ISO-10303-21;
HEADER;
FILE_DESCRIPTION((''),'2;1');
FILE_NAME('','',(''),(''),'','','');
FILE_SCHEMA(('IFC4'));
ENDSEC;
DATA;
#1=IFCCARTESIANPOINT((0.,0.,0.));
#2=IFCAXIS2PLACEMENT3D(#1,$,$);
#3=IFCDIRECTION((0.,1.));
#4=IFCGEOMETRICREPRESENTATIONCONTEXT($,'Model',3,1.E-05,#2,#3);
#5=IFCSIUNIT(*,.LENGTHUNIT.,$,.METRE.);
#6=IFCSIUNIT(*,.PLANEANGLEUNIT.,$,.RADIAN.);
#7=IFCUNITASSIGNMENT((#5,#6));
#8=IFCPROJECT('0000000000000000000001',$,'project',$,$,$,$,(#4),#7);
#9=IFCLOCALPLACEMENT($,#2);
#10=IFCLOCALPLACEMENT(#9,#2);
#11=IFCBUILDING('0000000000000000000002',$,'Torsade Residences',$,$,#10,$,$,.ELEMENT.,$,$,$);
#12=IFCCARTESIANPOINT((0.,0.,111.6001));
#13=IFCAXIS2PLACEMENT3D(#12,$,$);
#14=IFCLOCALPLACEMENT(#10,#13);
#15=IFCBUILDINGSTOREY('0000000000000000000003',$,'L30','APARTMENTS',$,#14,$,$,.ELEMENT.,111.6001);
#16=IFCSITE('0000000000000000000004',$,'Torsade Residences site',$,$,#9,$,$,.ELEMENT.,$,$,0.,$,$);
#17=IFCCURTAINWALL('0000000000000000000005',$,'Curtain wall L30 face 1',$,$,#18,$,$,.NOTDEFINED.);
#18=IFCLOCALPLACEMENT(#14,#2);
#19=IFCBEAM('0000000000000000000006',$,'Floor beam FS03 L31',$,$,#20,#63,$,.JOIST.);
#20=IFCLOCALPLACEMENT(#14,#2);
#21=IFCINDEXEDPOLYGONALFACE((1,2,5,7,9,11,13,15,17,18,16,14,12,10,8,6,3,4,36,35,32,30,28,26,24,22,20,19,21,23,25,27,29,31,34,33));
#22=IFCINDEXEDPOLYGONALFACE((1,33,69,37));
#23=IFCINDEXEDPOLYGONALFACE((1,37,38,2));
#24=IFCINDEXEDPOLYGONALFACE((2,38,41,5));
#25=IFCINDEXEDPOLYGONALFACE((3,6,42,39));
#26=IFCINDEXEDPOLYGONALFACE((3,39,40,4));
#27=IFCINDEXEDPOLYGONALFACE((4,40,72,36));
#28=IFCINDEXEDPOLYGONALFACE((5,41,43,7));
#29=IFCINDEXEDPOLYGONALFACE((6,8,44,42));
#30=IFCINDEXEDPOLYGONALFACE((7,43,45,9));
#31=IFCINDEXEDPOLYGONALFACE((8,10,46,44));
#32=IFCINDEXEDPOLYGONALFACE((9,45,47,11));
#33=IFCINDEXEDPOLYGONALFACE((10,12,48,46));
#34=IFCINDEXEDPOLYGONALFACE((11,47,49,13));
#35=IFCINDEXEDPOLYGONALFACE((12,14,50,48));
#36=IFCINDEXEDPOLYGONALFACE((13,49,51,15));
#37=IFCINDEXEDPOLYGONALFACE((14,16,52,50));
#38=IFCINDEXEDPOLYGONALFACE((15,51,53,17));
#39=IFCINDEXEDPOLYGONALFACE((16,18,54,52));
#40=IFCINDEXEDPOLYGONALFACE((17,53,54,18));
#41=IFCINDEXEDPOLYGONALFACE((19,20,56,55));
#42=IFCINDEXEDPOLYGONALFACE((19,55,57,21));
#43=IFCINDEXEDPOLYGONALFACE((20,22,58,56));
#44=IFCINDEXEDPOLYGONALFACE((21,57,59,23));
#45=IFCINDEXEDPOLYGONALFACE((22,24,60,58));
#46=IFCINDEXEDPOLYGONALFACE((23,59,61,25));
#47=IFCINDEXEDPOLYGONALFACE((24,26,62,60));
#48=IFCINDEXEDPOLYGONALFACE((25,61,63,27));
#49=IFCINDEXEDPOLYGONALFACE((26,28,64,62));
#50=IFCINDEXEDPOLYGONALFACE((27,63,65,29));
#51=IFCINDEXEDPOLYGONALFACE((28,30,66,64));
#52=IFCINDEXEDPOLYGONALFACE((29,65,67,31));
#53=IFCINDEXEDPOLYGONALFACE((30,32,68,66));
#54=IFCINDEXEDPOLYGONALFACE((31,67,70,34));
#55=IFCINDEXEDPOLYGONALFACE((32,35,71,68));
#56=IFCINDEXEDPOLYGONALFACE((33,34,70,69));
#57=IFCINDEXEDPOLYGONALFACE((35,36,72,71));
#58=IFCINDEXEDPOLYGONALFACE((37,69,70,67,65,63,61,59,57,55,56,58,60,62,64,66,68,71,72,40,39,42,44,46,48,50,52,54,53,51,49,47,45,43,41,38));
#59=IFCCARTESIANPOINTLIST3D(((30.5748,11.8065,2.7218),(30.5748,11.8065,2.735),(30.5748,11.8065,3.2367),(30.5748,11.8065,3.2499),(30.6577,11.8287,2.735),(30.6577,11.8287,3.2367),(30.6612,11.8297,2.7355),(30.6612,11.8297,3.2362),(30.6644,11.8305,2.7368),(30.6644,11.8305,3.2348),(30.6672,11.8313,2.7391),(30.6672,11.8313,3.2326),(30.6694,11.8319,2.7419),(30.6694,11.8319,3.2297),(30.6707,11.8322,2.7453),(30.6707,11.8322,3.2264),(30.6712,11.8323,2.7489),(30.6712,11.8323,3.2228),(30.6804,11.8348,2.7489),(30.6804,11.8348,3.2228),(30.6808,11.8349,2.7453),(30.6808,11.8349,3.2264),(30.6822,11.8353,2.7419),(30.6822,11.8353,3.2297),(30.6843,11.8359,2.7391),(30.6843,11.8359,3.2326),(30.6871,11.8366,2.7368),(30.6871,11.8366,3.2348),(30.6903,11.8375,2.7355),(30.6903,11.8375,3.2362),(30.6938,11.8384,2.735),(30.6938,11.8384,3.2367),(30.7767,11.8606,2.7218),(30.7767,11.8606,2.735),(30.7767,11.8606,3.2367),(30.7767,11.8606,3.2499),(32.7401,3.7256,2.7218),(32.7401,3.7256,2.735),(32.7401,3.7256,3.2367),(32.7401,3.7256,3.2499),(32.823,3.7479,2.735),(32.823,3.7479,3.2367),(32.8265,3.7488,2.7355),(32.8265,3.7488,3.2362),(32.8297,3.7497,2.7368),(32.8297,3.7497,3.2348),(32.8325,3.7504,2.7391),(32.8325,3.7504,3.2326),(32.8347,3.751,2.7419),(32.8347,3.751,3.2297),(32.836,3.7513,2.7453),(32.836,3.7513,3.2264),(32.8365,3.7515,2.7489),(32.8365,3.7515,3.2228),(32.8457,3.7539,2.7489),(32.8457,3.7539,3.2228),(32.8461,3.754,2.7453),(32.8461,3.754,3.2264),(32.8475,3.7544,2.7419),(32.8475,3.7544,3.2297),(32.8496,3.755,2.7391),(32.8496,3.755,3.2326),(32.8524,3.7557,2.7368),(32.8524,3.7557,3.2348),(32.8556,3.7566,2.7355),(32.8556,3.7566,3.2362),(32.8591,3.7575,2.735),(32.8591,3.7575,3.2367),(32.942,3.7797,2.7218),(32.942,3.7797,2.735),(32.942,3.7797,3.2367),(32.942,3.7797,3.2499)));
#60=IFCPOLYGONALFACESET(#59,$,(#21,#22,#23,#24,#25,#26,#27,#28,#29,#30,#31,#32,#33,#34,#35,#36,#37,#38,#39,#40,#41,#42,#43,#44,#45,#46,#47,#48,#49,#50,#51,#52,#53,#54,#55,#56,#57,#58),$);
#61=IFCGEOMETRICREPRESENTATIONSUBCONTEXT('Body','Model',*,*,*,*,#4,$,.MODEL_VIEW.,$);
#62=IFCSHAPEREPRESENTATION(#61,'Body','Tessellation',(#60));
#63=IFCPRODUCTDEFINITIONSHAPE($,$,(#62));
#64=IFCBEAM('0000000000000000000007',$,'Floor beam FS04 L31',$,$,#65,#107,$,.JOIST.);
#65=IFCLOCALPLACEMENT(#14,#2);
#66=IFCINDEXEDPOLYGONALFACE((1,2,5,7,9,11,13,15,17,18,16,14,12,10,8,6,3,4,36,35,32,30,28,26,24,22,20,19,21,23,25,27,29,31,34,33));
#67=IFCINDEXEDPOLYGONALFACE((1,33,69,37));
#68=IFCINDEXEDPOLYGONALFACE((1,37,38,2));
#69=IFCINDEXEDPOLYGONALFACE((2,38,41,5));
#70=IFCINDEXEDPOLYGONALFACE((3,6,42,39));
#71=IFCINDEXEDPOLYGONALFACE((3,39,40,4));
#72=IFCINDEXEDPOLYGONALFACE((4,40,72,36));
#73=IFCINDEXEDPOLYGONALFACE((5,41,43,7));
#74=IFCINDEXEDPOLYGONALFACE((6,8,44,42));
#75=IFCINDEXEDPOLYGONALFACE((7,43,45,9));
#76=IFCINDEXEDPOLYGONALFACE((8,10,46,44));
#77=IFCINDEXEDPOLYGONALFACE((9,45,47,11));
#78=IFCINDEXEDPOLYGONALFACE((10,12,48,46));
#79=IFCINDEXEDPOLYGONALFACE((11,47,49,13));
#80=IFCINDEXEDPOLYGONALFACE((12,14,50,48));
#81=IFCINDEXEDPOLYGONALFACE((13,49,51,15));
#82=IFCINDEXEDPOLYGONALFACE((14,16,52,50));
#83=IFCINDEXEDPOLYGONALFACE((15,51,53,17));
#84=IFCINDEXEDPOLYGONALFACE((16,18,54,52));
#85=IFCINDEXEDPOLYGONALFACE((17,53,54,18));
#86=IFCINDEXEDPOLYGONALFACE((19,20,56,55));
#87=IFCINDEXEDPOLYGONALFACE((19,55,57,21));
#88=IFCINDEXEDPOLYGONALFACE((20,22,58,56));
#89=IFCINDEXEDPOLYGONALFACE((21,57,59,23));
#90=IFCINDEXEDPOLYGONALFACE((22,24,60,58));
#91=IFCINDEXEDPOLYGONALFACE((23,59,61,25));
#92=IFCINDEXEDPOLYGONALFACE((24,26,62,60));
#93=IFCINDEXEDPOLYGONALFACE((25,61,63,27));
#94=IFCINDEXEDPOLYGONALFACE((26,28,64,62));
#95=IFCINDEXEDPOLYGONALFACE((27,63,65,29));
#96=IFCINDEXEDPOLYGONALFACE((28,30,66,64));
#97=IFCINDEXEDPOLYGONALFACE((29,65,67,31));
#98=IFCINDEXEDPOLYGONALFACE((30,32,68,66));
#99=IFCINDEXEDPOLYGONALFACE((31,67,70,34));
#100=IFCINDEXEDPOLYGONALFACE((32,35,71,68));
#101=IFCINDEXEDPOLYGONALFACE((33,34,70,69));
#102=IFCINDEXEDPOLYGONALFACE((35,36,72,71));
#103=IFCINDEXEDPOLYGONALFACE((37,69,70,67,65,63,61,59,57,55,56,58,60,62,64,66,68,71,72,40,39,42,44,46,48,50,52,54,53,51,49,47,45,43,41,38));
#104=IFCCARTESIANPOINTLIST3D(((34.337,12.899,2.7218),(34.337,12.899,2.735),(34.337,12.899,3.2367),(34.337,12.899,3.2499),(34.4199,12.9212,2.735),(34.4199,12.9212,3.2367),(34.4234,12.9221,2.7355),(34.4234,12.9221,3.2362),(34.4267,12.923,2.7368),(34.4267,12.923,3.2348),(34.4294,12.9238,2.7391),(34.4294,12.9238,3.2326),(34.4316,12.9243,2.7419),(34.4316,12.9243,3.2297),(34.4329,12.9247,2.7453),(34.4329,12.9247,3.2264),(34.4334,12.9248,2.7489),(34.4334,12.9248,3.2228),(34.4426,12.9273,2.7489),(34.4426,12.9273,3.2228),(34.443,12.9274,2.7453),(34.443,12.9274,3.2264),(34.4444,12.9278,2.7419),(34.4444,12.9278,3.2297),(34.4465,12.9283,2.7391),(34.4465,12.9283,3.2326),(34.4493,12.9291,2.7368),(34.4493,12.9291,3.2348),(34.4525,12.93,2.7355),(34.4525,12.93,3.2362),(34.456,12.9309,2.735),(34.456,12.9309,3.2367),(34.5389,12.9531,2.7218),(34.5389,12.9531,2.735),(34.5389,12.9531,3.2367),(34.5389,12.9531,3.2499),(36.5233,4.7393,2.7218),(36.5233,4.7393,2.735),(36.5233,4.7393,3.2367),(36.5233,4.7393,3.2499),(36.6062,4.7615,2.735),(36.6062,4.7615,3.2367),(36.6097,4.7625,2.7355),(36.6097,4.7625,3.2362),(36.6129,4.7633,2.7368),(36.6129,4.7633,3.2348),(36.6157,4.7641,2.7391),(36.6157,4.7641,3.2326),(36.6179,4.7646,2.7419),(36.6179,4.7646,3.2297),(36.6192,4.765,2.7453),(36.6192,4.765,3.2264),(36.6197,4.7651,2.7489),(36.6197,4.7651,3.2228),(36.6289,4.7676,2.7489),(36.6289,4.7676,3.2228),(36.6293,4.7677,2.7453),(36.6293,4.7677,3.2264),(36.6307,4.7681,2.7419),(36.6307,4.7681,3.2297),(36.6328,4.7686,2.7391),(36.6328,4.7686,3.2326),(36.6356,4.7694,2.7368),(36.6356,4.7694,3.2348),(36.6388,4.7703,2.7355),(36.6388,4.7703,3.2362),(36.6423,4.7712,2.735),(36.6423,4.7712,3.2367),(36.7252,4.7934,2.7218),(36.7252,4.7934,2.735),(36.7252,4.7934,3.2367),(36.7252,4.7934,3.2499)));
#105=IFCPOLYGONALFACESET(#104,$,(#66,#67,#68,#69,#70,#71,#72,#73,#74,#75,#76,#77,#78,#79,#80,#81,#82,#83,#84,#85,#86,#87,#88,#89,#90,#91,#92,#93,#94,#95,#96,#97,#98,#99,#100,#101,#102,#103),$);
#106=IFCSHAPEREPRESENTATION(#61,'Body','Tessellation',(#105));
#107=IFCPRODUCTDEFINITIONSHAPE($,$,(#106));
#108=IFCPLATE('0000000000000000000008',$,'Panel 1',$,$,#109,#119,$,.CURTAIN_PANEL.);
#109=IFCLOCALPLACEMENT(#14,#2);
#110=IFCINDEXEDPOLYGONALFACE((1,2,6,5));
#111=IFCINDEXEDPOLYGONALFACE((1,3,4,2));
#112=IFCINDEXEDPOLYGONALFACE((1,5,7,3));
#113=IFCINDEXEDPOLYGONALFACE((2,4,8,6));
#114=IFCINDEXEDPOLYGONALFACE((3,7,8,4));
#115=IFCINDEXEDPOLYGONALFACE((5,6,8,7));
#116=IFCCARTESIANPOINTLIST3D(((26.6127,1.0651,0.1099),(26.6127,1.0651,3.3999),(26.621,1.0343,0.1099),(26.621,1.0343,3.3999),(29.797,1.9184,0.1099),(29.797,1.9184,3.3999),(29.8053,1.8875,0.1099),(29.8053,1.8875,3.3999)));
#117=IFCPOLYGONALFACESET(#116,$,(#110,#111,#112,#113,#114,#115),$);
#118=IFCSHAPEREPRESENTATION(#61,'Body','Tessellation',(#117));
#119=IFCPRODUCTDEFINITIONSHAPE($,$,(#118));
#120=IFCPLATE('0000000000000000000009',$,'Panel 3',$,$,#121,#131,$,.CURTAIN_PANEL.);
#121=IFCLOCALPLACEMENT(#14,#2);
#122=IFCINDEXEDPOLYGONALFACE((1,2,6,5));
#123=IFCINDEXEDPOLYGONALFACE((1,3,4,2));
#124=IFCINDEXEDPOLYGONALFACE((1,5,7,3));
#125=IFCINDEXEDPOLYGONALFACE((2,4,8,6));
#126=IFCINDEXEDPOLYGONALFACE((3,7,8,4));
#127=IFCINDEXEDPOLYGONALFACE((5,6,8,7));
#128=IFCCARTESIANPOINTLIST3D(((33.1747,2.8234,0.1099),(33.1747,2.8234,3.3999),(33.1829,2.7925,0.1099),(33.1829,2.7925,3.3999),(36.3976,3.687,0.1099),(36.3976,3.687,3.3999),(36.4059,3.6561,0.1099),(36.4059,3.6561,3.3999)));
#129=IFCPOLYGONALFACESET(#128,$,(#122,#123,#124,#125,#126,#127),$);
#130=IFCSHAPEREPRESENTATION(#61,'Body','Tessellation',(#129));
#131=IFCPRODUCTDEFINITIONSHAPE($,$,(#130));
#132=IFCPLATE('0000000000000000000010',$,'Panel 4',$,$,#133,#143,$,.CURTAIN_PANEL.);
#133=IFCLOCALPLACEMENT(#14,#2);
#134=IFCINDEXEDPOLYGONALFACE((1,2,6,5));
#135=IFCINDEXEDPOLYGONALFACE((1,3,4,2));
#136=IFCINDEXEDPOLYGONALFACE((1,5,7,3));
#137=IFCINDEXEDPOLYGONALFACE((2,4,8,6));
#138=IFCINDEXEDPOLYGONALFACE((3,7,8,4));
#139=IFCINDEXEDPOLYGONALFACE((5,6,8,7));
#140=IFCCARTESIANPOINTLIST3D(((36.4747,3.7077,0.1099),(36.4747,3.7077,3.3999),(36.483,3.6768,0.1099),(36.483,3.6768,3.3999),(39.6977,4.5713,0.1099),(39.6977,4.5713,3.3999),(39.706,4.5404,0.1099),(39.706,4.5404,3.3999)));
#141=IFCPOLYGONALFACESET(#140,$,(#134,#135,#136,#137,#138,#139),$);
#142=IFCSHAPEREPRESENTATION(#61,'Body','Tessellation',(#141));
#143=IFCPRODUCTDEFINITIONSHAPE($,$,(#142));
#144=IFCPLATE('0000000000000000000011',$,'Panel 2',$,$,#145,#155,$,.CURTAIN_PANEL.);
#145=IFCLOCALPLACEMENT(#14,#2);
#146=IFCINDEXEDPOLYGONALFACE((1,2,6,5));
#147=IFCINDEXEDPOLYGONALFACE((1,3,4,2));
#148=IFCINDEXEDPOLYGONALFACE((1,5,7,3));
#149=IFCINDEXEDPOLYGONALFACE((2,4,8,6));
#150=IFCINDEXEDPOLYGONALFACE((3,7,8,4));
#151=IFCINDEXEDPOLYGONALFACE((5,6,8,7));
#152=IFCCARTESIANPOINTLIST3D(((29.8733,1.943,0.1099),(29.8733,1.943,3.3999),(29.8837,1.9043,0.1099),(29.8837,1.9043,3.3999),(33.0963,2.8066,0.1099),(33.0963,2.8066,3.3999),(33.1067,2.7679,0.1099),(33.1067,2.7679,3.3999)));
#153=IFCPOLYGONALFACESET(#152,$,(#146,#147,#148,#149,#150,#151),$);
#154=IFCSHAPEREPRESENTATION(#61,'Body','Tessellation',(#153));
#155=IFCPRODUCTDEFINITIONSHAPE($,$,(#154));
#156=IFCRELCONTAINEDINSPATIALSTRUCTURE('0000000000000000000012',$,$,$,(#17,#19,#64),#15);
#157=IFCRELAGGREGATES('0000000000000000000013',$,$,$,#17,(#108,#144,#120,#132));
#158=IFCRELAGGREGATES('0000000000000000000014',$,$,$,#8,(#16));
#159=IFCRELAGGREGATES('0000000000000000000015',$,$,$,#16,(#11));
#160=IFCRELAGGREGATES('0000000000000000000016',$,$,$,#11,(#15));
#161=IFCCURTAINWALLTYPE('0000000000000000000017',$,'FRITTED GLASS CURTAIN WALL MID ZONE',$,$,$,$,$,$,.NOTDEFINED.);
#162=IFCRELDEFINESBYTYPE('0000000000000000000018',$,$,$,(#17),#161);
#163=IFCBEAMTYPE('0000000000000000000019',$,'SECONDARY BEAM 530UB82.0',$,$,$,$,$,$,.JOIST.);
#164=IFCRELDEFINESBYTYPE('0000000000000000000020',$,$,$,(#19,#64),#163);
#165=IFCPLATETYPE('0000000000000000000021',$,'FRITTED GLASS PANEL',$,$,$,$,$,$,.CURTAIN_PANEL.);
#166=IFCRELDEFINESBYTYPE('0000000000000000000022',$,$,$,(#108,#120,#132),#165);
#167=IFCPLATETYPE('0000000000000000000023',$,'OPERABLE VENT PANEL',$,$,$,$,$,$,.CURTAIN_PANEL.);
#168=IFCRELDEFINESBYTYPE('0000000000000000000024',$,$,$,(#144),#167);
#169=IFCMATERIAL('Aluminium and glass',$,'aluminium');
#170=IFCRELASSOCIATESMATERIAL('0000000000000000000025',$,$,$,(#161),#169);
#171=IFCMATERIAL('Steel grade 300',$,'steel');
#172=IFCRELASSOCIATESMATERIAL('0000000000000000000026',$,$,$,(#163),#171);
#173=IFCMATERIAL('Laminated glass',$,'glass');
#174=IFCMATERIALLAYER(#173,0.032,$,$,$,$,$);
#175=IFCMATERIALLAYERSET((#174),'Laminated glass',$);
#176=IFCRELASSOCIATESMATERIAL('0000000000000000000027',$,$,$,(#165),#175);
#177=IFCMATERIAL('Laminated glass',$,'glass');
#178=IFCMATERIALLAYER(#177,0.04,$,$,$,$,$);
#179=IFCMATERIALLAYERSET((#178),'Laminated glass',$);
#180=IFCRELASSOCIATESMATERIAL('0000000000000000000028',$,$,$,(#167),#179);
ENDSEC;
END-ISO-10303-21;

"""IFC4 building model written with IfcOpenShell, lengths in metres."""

from ifc_helpers import new_model, si_unit, direction, frame, origin, origin_2d, place, context, subcontext, project, spatial, rectangle, i_section, extrude, material, layer, layer_set, material_profile, profile_set, type_object, element, aggregate, save


model = new_model("IFC4")

# Units and contexts
model_context = context("Model", 3, precision=1e-05, world=origin(), true_north=direction((0.0, 1.0)))
body_context = subcontext(model_context, "Body", "Model", "MODEL_VIEW")
ifc_project = project(units=[si_unit("LENGTHUNIT", "METRE"), si_unit("PLANEANGLEUNIT", "RADIAN")], contexts=[model_context])

# Site, building, storey
site_placement = place(None, origin())
site = spatial("IfcSite", under=ifc_project, at=site_placement, Name="Torsade Residences site", CompositionType="ELEMENT", RefElevation=0.0)
building_placement = place(site_placement, origin())
building = spatial("IfcBuilding", under=site, at=building_placement, Name="Torsade Residences", CompositionType="ELEMENT")
storey_placement = place(building_placement, frame((0.0, 0.0, 111.6001)))
storey = spatial("IfcBuildingStorey", under=building, at=storey_placement, Name="L30", Description="APARTMENTS", CompositionType="ELEMENT", Elevation=111.6001)

# Curtain wall
ifc_material_1 = material(Name="Aluminium and glass", Category="aluminium")
curtain_wall_type = type_object("IfcCurtainWallType", Name="FRITTED GLASS CURTAIN WALL MID ZONE", PredefinedType="NOTDEFINED", material=ifc_material_1)
curtain_wall_placement = place(storey_placement, origin())
curtain_wall = element("IfcCurtainWall", 1, at=curtain_wall_placement, inside=storey, type_object=curtain_wall_type, Name="Curtain wall L30 face 1", PredefinedType="NOTDEFINED")

# Beams
ifc_material_2 = material(Name="Steel grade 300", Category="steel")
ifc_material_profile_1 = material_profile(ifc_material_2, i_section(OverallWidth=0.209, OverallDepth=0.5281, WebThickness=0.0095, FlangeThickness=0.0132, FilletRadius=0.0139, at=origin_2d()), Name="530UB82.0")
ifc_profile_set_1 = profile_set([ifc_material_profile_1], Name="Steel grade 300")
beam_type_1 = type_object("IfcBeamType", Name="SECONDARY BEAM 530UB82.0", PredefinedType="JOIST", material=ifc_profile_set_1)
beam_1_placement = place(storey_placement, frame((32.8411, 3.7527, 2.9858), z_axis=(-0.258823, 0.965925, 0.0), x_axis=(-0.965925, -0.258823, 0.0)))
element("IfcBeam", 2, at=beam_1_placement, inside=storey, type_object=beam_type_1, Name="Floor beam FS03 L31", PredefinedType="JOIST", context=body_context, shape_type="SweptSolid", body=[
    extrude(i_section(OverallWidth=0.209, OverallDepth=0.5281, WebThickness=0.0095, FlangeThickness=0.0132, FilletRadius=0.0139, at=origin_2d()), origin(), (0.0, 0.0, 1.0), 8.366),
])
beam_2_placement = place(storey_placement, frame((36.6243, 4.7664, 2.9858), z_axis=(-0.258808, 0.965929, 0.0), x_axis=(-0.965929, -0.258808, 0.0)))
element("IfcBeam", 3, at=beam_2_placement, inside=storey, type_object=beam_type_1, Name="Floor beam FS04 L31", PredefinedType="JOIST", context=body_context, shape_type="SweptSolid", body=[
    extrude(i_section(OverallWidth=0.209, OverallDepth=0.5281, WebThickness=0.0095, FlangeThickness=0.0132, FilletRadius=0.0139, at=origin_2d()), origin(), (0.0, 0.0, 1.0), 8.4475),
])

# Plates
ifc_material_3 = material(Name="Laminated glass", Category="glass")
ifc_layer_1 = layer(ifc_material_3, 0.032)
ifc_layer_set_1 = layer_set([ifc_layer_1], Name="Laminated glass")
plate_type_1 = type_object("IfcPlateType", Name="FRITTED GLASS PANEL", PredefinedType="CURTAIN_PANEL", material=ifc_layer_set_1)
plate_1_placement = place(storey_placement, frame((28.209, 1.4763, 0.1099), z_axis=(0.0, 0.0, 1.0), x_axis=(0.965926, 0.258819, 0.0)))
plate_1 = element("IfcPlate", 4, at=plate_1_placement, type_object=plate_type_1, Name="Panel 1", PredefinedType="CURTAIN_PANEL", context=body_context, shape_type="SweptSolid", body=[
    extrude(rectangle(XDim=3.2966, YDim=0.032, at=origin_2d()), origin(), (0.0, 0.0, 1.0), 3.29),
])
plate_2_placement = place(storey_placement, frame((34.7903, 3.2397, 0.1099), z_axis=(0.0, 0.0, 1.0), x_axis=(0.965926, 0.258819, 0.0)))
plate_2 = element("IfcPlate", 5, at=plate_2_placement, type_object=plate_type_1, Name="Panel 3", PredefinedType="CURTAIN_PANEL", context=body_context, shape_type="SweptSolid", body=[
    extrude(rectangle(XDim=3.3367, YDim=0.032, at=origin_2d()), origin(), (0.0, 0.0, 1.0), 3.29),
])
plate_3_placement = place(storey_placement, frame((38.0903, 4.124, 0.1099), z_axis=(0.0, 0.0, 1.0), x_axis=(0.965926, 0.258819, 0.0)))
plate_3 = element("IfcPlate", 6, at=plate_3_placement, type_object=plate_type_1, Name="Panel 4", PredefinedType="CURTAIN_PANEL", context=body_context, shape_type="SweptSolid", body=[
    extrude(rectangle(XDim=3.3367, YDim=0.032, at=origin_2d()), origin(), (0.0, 0.0, 1.0), 3.29),
])
ifc_material_4 = material(Name="Laminated glass", Category="glass")
ifc_layer_2 = layer(ifc_material_4, 0.04)
ifc_layer_set_2 = layer_set([ifc_layer_2], Name="Laminated glass")
plate_type_2 = type_object("IfcPlateType", Name="OPERABLE VENT PANEL", PredefinedType="CURTAIN_PANEL", material=ifc_layer_set_2)
plate_4_placement = place(storey_placement, frame((31.49, 2.3555, 0.1099), z_axis=(0.0, 0.0, 1.0), x_axis=(0.965926, 0.258819, 0.0)))
plate_4 = element("IfcPlate", 7, at=plate_4_placement, type_object=plate_type_2, Name="Panel 2", PredefinedType="CURTAIN_PANEL", context=body_context, shape_type="SweptSolid", body=[
    extrude(rectangle(XDim=3.3367, YDim=0.04, at=origin_2d()), origin(), (0.0, 0.0, 1.0), 3.29),
])
aggregate(curtain_wall, [plate_1, plate_4, plate_2, plate_3])

save(model, "model.ifc")
